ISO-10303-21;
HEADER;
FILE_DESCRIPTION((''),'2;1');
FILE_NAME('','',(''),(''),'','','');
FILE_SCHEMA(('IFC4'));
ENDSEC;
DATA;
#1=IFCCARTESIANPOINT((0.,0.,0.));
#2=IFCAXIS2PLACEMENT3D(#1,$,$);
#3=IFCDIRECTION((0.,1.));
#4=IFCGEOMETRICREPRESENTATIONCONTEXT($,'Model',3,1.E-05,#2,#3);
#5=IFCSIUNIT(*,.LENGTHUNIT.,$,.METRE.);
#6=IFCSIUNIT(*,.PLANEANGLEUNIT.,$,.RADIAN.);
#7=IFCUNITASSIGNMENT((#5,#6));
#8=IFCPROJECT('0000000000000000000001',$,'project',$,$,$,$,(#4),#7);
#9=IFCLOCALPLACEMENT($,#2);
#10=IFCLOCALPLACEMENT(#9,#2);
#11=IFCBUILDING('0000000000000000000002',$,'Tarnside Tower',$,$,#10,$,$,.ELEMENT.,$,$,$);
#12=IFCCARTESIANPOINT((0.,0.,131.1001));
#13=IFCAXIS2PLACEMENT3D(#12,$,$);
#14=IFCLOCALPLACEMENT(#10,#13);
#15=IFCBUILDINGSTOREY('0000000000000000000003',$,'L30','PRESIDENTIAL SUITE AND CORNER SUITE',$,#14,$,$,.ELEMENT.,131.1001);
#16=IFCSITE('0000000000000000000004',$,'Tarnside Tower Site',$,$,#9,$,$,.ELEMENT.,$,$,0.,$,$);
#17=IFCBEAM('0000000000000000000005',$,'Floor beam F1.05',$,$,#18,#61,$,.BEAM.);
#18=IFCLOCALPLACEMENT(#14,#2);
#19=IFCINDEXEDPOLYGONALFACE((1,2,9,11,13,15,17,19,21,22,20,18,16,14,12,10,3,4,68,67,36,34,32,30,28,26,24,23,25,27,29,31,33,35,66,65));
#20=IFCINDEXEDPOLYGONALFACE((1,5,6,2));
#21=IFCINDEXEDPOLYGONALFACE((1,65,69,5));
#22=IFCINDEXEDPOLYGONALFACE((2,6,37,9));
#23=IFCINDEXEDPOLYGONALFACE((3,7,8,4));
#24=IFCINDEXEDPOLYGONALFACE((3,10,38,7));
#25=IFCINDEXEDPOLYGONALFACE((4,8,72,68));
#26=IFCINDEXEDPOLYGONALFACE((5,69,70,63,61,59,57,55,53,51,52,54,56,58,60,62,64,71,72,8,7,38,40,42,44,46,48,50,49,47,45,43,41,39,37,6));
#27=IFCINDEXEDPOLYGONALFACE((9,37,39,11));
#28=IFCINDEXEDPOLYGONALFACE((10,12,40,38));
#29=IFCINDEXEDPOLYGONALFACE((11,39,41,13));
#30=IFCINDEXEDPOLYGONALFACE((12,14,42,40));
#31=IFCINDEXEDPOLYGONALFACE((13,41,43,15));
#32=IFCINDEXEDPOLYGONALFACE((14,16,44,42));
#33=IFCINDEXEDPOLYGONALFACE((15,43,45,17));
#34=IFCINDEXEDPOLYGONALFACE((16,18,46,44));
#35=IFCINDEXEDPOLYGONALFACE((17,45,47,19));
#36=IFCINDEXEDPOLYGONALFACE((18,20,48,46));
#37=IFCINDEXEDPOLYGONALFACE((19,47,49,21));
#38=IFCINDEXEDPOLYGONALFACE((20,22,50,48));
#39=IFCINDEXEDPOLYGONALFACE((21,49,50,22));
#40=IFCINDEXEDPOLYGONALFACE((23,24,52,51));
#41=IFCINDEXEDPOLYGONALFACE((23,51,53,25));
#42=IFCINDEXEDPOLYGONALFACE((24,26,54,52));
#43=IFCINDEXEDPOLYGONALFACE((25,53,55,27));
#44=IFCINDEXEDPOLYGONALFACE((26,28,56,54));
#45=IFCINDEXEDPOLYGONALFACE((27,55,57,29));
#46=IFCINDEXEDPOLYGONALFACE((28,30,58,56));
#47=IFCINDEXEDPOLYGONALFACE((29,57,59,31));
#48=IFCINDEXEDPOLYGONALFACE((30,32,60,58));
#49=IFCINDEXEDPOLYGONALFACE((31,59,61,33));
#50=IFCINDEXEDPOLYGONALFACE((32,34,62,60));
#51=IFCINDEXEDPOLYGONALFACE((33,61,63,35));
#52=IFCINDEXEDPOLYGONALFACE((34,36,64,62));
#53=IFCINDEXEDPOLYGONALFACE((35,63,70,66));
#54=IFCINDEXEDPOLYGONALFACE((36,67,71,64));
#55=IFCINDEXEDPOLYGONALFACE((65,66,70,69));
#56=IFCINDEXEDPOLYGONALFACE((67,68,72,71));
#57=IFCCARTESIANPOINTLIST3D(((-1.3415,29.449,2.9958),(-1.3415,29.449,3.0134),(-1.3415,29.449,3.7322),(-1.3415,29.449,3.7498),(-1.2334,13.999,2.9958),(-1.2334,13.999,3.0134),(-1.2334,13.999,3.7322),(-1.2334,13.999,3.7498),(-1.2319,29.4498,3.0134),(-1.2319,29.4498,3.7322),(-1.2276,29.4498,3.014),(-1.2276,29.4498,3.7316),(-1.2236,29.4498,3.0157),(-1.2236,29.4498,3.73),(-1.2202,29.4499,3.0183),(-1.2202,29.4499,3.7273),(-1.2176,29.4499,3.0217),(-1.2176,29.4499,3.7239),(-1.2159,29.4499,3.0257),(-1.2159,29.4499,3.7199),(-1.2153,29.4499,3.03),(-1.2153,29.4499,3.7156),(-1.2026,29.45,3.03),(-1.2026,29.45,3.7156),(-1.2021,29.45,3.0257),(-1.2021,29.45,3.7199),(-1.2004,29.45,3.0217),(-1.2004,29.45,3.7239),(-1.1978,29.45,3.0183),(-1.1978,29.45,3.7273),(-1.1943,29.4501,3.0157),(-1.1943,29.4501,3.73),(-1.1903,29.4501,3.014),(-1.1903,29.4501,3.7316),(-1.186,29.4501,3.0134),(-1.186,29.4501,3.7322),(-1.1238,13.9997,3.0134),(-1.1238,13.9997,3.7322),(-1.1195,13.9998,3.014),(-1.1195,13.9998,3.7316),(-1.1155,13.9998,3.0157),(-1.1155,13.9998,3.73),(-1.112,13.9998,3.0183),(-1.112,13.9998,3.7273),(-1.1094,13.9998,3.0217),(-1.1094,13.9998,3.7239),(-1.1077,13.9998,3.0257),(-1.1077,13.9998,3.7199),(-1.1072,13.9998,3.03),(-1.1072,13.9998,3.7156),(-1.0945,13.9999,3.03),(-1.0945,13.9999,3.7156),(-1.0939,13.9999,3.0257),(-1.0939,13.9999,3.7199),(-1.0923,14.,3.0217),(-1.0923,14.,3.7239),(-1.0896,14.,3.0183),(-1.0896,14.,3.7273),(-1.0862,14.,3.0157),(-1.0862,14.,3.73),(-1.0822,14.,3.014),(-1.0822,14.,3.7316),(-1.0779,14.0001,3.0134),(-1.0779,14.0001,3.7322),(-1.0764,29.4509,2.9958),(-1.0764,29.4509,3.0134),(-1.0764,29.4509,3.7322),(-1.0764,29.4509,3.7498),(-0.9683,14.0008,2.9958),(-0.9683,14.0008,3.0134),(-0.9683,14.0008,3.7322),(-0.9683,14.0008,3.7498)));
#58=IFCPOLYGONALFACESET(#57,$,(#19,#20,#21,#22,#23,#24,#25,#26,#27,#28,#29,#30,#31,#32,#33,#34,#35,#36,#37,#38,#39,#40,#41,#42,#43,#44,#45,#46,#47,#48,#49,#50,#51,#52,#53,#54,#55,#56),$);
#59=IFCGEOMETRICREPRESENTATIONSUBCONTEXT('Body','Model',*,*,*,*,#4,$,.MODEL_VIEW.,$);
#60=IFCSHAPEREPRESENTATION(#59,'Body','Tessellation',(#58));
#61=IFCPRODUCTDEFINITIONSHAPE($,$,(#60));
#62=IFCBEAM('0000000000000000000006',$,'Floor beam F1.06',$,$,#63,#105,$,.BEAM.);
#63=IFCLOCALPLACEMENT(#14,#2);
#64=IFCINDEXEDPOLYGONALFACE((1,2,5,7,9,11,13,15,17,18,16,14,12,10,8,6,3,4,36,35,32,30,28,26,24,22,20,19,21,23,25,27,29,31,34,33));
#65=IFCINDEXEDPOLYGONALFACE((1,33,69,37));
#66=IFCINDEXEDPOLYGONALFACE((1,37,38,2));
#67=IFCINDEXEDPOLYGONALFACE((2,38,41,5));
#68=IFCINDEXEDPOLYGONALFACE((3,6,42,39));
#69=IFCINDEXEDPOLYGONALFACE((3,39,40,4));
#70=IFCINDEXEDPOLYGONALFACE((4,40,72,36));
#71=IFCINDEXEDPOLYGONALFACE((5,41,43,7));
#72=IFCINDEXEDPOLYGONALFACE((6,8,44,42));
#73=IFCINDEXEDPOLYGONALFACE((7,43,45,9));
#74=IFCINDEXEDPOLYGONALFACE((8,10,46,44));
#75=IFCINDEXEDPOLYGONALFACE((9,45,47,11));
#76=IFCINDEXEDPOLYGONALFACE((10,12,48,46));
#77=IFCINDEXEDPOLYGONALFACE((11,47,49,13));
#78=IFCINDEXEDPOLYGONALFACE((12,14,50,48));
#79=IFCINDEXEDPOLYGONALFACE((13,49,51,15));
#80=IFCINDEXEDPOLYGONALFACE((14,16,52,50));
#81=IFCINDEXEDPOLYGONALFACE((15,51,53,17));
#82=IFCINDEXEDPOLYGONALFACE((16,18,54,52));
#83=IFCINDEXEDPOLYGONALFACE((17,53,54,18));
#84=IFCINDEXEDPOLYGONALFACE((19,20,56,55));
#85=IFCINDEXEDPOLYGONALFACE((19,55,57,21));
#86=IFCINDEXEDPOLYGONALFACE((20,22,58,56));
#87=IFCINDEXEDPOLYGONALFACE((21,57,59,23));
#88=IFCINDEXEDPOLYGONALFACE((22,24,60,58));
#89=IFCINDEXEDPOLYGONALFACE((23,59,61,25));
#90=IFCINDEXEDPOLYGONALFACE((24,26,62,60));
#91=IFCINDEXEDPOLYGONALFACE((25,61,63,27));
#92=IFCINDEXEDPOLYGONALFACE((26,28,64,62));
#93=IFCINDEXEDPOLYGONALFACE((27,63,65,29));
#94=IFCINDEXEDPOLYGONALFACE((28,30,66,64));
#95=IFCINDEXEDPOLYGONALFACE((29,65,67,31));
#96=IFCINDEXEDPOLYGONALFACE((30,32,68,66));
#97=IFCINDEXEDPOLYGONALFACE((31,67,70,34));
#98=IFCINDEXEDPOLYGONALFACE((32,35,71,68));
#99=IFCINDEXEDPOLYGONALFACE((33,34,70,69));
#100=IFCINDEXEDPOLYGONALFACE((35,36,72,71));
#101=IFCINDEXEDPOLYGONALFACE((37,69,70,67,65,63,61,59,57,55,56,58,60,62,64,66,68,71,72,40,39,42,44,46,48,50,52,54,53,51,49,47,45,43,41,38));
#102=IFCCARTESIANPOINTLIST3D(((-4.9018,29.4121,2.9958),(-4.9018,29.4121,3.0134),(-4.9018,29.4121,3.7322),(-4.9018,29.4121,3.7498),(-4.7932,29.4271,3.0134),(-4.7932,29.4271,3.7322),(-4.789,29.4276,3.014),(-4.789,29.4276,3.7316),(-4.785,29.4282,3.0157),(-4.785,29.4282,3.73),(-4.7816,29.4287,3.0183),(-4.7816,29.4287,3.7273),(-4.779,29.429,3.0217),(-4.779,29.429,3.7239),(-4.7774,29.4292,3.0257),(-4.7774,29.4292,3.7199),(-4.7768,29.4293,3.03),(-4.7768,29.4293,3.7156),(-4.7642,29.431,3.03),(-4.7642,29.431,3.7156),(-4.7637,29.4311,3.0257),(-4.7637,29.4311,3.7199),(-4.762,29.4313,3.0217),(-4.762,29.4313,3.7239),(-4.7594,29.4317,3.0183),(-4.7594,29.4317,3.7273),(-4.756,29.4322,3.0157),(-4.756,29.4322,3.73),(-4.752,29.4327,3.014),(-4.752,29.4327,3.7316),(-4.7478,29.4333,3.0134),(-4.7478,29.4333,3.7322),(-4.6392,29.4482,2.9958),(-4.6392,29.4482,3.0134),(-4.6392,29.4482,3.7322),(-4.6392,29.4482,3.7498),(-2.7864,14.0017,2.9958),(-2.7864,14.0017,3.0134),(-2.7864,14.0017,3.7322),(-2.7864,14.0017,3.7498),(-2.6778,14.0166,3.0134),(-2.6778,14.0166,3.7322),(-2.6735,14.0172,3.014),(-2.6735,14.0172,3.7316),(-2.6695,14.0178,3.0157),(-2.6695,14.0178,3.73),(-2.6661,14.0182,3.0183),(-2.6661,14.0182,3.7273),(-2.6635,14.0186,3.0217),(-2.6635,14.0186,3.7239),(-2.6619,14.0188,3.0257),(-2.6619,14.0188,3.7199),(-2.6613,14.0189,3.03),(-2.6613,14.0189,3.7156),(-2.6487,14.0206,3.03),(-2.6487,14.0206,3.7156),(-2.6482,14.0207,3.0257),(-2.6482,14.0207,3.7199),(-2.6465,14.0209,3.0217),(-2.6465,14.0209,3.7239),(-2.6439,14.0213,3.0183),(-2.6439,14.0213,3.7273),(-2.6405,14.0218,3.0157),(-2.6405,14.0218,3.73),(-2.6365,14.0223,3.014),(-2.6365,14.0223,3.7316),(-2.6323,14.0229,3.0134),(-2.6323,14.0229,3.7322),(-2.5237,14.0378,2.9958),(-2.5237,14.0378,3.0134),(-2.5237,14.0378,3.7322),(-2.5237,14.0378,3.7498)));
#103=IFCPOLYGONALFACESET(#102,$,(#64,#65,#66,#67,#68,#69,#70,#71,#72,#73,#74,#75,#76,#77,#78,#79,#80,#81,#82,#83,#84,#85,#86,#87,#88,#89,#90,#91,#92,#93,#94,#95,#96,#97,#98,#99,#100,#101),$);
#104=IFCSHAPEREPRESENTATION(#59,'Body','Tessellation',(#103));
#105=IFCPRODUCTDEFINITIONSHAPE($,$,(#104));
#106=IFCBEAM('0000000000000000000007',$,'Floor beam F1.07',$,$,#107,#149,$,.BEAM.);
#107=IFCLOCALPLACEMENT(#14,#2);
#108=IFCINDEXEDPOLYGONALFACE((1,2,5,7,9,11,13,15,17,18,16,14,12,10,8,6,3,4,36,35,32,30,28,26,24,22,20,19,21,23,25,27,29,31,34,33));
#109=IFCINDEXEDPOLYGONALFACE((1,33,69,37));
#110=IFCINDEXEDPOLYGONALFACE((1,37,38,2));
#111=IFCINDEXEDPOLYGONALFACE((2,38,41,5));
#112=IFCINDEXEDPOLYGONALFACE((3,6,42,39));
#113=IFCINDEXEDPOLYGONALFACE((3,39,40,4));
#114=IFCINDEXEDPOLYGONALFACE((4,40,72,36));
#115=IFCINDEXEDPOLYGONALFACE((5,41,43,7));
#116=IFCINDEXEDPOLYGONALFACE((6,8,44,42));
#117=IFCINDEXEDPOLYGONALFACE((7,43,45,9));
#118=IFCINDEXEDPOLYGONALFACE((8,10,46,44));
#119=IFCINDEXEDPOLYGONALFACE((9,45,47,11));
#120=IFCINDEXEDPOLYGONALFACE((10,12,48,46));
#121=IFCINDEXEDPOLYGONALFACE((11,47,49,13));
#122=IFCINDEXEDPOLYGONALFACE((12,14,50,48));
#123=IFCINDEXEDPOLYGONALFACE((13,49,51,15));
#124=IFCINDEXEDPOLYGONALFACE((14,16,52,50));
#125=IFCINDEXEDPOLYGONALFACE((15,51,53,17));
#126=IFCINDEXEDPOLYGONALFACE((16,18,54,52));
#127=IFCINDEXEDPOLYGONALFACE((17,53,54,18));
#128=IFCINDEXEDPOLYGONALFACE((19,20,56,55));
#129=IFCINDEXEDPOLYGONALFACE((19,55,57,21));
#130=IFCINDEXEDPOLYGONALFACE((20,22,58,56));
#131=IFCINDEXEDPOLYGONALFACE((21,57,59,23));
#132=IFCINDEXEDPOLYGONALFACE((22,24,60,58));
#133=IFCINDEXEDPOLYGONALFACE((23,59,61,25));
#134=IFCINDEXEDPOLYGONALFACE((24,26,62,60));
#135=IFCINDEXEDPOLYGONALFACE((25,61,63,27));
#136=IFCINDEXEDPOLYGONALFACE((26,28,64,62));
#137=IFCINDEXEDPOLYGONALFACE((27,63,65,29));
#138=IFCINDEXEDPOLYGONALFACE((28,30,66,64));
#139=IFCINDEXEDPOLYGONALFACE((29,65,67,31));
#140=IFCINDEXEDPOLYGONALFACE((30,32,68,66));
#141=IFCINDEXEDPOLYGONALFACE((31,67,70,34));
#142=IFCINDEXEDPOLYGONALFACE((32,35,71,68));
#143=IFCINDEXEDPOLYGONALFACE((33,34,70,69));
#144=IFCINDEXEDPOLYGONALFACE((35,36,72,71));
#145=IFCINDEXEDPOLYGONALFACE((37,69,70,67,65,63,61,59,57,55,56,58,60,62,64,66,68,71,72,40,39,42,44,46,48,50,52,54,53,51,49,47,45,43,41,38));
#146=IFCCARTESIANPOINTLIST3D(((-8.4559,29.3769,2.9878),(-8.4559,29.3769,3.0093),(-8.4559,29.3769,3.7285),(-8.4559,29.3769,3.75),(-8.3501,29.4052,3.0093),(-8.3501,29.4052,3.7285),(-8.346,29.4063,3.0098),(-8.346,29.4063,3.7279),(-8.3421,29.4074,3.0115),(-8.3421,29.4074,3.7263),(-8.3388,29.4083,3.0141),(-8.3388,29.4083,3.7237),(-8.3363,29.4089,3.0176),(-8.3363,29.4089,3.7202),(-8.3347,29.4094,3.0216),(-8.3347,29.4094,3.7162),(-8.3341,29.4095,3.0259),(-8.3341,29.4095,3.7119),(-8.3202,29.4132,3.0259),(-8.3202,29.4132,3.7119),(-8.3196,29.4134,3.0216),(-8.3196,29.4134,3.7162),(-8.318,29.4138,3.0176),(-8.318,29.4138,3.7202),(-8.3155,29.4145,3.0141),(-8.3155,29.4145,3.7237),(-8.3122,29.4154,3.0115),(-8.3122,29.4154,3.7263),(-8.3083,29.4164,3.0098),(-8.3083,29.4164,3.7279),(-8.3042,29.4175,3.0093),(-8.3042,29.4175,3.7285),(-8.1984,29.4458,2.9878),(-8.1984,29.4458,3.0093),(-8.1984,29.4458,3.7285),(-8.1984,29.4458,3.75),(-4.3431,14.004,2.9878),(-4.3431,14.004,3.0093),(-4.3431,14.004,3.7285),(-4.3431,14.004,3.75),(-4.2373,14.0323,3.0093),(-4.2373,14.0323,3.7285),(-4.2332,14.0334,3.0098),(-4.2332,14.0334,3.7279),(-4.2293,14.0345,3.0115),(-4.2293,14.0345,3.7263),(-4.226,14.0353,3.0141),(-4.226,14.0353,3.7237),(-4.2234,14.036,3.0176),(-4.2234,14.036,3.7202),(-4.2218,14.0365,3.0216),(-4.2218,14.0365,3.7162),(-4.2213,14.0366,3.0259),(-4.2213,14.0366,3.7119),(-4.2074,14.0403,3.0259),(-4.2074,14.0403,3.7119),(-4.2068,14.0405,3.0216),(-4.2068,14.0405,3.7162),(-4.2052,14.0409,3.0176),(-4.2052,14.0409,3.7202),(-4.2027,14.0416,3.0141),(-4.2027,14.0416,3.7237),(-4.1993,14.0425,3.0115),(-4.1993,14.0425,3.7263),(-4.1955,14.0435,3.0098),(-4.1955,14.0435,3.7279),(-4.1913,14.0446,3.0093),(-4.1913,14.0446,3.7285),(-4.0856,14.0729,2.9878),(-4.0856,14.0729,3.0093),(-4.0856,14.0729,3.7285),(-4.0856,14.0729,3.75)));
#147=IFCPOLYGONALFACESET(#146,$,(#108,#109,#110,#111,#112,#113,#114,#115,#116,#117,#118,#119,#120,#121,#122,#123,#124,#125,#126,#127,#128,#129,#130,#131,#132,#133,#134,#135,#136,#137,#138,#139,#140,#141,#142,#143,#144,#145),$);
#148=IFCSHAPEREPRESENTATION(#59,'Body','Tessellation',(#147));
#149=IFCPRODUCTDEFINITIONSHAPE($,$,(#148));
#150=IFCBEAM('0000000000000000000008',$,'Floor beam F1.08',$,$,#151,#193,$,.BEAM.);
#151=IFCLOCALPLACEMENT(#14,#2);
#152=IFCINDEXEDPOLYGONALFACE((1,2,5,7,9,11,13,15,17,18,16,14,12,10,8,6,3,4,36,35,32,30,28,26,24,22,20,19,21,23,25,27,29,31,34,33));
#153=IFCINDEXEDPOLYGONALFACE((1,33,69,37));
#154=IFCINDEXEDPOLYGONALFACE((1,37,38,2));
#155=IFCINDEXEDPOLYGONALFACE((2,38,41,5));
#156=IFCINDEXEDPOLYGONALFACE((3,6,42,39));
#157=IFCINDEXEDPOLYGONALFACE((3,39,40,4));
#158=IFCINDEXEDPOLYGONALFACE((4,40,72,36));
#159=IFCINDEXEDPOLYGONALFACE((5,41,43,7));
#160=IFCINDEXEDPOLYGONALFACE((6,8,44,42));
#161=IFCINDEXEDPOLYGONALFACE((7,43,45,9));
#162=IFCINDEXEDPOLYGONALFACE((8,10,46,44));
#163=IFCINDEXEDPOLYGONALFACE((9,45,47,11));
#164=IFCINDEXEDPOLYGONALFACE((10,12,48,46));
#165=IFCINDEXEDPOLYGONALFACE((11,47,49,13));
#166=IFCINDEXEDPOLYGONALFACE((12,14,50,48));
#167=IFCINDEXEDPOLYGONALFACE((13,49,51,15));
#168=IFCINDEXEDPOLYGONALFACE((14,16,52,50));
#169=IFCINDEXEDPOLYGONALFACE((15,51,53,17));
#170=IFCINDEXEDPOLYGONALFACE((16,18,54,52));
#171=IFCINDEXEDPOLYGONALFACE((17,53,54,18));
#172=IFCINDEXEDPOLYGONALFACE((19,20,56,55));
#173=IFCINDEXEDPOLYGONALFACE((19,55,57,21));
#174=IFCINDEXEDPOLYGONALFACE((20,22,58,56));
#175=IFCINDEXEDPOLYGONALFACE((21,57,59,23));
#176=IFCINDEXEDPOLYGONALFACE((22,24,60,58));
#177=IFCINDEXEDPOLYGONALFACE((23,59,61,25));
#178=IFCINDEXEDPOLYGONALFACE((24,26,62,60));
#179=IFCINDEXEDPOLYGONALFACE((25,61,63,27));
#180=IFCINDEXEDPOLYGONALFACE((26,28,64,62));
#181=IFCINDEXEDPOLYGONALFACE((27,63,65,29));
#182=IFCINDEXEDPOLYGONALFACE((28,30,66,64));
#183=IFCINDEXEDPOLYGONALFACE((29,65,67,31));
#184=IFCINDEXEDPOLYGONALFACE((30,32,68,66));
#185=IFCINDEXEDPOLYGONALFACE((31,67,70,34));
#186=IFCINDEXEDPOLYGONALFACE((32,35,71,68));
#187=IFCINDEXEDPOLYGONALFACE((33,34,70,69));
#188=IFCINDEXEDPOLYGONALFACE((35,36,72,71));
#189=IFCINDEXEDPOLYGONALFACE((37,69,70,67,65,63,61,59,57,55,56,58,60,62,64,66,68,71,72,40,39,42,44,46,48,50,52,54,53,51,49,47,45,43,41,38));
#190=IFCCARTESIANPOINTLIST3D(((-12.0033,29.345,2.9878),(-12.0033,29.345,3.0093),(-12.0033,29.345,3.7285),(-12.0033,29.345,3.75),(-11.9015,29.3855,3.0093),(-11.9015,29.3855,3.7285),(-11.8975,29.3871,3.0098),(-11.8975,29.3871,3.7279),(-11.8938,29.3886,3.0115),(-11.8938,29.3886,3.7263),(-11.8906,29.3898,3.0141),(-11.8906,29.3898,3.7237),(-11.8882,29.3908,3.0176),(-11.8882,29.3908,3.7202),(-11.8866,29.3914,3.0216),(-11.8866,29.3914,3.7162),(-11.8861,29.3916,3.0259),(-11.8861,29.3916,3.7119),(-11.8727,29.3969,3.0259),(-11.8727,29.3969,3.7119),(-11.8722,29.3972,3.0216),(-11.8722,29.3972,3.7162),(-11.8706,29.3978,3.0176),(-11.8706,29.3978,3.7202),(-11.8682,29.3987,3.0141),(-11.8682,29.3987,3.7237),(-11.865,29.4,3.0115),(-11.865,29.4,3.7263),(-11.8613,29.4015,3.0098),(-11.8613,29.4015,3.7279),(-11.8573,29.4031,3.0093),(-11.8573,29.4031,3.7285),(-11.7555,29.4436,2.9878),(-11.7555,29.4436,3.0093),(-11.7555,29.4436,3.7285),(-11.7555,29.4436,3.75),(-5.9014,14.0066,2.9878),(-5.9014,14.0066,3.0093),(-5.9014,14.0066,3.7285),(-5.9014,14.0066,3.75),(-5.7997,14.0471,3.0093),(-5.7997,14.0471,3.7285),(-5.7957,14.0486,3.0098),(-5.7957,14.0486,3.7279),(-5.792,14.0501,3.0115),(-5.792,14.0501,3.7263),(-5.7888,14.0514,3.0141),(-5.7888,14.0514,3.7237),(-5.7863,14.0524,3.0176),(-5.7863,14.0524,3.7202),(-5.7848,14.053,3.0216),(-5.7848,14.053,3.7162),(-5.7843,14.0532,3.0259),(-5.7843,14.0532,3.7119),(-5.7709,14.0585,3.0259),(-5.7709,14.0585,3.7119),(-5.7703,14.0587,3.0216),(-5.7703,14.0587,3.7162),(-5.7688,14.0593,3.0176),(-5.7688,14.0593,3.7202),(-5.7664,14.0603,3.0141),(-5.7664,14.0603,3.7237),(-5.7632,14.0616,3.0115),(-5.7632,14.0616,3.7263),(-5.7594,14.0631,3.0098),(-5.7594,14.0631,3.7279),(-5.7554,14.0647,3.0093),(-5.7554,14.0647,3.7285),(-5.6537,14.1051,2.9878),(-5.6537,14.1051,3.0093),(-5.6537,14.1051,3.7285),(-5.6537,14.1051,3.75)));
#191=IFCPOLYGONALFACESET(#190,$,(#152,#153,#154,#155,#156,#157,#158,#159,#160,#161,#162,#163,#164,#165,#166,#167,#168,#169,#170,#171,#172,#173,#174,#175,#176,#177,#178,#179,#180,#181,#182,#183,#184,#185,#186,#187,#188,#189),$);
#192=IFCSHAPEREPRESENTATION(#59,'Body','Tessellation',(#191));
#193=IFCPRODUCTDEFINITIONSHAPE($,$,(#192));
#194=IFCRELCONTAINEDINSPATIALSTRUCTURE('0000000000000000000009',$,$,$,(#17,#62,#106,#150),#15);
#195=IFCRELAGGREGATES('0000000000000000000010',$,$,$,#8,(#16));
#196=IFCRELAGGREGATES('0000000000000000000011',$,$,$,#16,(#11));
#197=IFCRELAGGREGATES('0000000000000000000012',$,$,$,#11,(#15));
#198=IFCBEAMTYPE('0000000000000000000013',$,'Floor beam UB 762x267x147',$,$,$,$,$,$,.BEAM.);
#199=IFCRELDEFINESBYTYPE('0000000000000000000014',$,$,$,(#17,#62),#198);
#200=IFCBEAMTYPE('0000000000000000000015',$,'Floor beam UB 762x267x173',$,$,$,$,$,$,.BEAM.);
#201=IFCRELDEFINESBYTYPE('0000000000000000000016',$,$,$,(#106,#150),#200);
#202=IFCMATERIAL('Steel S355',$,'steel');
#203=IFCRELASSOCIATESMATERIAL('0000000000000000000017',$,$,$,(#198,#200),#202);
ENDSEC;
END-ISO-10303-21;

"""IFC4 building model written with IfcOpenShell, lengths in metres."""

from ifc_helpers import new_model, si_unit, direction, frame, origin, origin_2d, place, context, subcontext, project, spatial, i_section, extrude, material, material_profile, profile_set, type_object, element, save


model = new_model("IFC4")

# Units and contexts
model_context = context("Model", 3, precision=1e-05, world=origin(), true_north=direction((0.0, 1.0)))
body_context = subcontext(model_context, "Body", "Model", "MODEL_VIEW")
ifc_project = project(units=[si_unit("LENGTHUNIT", "METRE"), si_unit("PLANEANGLEUNIT", "RADIAN")], contexts=[model_context])

# Site, building, storey
site_placement = place(None, origin())
site = spatial("IfcSite", under=ifc_project, at=site_placement, Name="Tarnside Tower Site", CompositionType="ELEMENT", RefElevation=0.0)
building_placement = place(site_placement, origin())
building = spatial("IfcBuilding", under=site, at=building_placement, Name="Tarnside Tower", CompositionType="ELEMENT")
storey_placement = place(building_placement, frame((0.0, 0.0, 131.1001)))
storey = spatial("IfcBuildingStorey", under=building, at=storey_placement, Name="L30", Description="PRESIDENTIAL SUITE AND CORNER SUITE", CompositionType="ELEMENT", Elevation=131.1001)

# Beams
ifc_material_1 = material(Name="Steel S355", Category="steel")
ifc_material_profile_1 = material_profile(ifc_material_1, i_section(OverallWidth=0.2651, OverallDepth=0.7539, WebThickness=0.0127, FlangeThickness=0.0176, FilletRadius=0.0166, at=origin_2d()), Name="UB 762x267x147")
ifc_profile_set_1 = profile_set([ifc_material_profile_1], Name="Steel S355")
beam_type_1 = type_object("IfcBeamType", Name="Floor beam UB 762x267x147", PredefinedType="BEAM", material=ifc_profile_set_1)
beam_1_placement = place(storey_placement, frame((-1.209, 29.45, 3.3728), z_axis=(0.007, -0.999975, 0.0), x_axis=(0.999975, 0.007, 0.0)))
element("IfcBeam", 1, at=beam_1_placement, inside=storey, type_object=beam_type_1, Name="Floor beam F1.05", PredefinedType="BEAM", context=body_context, shape_type="SweptSolid", body=[
    extrude(i_section(OverallWidth=0.2651, OverallDepth=0.7539, WebThickness=0.0127, FlangeThickness=0.0176, FilletRadius=0.0166, at=origin_2d()), origin(), (0.0, 0.0, 1.0), 15.4504),
])
beam_2_placement = place(storey_placement, frame((-4.7705, 29.4302, 3.3728), z_axis=(0.136001, -0.990709, 0.0), x_axis=(0.990709, 0.136001, 0.0)))
element("IfcBeam", 2, at=beam_2_placement, inside=storey, type_object=beam_type_1, Name="Floor beam F1.06", PredefinedType="BEAM", context=body_context, shape_type="SweptSolid", body=[
    extrude(i_section(OverallWidth=0.2651, OverallDepth=0.7539, WebThickness=0.0127, FlangeThickness=0.0176, FilletRadius=0.0166, at=origin_2d()), origin(), (0.0, 0.0, 1.0), 15.5549),
])
ifc_material_profile_2 = material_profile(ifc_material_1, i_section(OverallWidth=0.2666, OverallDepth=0.7622, WebThickness=0.0144, FlangeThickness=0.0215, FilletRadius=0.0166, at=origin_2d()), Name="UB 762x267x173")
ifc_profile_set_2 = profile_set([ifc_material_profile_2], Name="Steel S355")
beam_type_2 = type_object("IfcBeamType", Name="Floor beam UB 762x267x173", PredefinedType="BEAM", material=ifc_profile_set_2)
beam_3_placement = place(storey_placement, frame((-8.3271, 29.4114, 3.3689), z_axis=(0.258447, -0.966025, 0.0), x_axis=(0.966025, 0.258447, 0.0)))
element("IfcBeam", 3, at=beam_3_placement, inside=storey, type_object=beam_type_2, Name="Floor beam F1.07", PredefinedType="BEAM", context=body_context, shape_type="SweptSolid", body=[
    extrude(i_section(OverallWidth=0.2666, OverallDepth=0.7622, WebThickness=0.0144, FlangeThickness=0.0215, FilletRadius=0.0166, at=origin_2d()), origin(), (0.0, 0.0, 1.0), 15.9136),
])
beam_4_placement = place(storey_placement, frame((-11.8794, 29.3943, 3.3689), z_axis=(0.369638, -0.929176, 0.0), x_axis=(0.929176, 0.369638, 0.0)))
element("IfcBeam", 4, at=beam_4_placement, inside=storey, type_object=beam_type_2, Name="Floor beam F1.08", PredefinedType="BEAM", context=body_context, shape_type="SweptSolid", body=[
    extrude(i_section(OverallWidth=0.2666, OverallDepth=0.7622, WebThickness=0.0144, FlangeThickness=0.0215, FilletRadius=0.0166, at=origin_2d()), origin(), (0.0, 0.0, 1.0), 16.5076),
])

save(model, "model.ifc")
